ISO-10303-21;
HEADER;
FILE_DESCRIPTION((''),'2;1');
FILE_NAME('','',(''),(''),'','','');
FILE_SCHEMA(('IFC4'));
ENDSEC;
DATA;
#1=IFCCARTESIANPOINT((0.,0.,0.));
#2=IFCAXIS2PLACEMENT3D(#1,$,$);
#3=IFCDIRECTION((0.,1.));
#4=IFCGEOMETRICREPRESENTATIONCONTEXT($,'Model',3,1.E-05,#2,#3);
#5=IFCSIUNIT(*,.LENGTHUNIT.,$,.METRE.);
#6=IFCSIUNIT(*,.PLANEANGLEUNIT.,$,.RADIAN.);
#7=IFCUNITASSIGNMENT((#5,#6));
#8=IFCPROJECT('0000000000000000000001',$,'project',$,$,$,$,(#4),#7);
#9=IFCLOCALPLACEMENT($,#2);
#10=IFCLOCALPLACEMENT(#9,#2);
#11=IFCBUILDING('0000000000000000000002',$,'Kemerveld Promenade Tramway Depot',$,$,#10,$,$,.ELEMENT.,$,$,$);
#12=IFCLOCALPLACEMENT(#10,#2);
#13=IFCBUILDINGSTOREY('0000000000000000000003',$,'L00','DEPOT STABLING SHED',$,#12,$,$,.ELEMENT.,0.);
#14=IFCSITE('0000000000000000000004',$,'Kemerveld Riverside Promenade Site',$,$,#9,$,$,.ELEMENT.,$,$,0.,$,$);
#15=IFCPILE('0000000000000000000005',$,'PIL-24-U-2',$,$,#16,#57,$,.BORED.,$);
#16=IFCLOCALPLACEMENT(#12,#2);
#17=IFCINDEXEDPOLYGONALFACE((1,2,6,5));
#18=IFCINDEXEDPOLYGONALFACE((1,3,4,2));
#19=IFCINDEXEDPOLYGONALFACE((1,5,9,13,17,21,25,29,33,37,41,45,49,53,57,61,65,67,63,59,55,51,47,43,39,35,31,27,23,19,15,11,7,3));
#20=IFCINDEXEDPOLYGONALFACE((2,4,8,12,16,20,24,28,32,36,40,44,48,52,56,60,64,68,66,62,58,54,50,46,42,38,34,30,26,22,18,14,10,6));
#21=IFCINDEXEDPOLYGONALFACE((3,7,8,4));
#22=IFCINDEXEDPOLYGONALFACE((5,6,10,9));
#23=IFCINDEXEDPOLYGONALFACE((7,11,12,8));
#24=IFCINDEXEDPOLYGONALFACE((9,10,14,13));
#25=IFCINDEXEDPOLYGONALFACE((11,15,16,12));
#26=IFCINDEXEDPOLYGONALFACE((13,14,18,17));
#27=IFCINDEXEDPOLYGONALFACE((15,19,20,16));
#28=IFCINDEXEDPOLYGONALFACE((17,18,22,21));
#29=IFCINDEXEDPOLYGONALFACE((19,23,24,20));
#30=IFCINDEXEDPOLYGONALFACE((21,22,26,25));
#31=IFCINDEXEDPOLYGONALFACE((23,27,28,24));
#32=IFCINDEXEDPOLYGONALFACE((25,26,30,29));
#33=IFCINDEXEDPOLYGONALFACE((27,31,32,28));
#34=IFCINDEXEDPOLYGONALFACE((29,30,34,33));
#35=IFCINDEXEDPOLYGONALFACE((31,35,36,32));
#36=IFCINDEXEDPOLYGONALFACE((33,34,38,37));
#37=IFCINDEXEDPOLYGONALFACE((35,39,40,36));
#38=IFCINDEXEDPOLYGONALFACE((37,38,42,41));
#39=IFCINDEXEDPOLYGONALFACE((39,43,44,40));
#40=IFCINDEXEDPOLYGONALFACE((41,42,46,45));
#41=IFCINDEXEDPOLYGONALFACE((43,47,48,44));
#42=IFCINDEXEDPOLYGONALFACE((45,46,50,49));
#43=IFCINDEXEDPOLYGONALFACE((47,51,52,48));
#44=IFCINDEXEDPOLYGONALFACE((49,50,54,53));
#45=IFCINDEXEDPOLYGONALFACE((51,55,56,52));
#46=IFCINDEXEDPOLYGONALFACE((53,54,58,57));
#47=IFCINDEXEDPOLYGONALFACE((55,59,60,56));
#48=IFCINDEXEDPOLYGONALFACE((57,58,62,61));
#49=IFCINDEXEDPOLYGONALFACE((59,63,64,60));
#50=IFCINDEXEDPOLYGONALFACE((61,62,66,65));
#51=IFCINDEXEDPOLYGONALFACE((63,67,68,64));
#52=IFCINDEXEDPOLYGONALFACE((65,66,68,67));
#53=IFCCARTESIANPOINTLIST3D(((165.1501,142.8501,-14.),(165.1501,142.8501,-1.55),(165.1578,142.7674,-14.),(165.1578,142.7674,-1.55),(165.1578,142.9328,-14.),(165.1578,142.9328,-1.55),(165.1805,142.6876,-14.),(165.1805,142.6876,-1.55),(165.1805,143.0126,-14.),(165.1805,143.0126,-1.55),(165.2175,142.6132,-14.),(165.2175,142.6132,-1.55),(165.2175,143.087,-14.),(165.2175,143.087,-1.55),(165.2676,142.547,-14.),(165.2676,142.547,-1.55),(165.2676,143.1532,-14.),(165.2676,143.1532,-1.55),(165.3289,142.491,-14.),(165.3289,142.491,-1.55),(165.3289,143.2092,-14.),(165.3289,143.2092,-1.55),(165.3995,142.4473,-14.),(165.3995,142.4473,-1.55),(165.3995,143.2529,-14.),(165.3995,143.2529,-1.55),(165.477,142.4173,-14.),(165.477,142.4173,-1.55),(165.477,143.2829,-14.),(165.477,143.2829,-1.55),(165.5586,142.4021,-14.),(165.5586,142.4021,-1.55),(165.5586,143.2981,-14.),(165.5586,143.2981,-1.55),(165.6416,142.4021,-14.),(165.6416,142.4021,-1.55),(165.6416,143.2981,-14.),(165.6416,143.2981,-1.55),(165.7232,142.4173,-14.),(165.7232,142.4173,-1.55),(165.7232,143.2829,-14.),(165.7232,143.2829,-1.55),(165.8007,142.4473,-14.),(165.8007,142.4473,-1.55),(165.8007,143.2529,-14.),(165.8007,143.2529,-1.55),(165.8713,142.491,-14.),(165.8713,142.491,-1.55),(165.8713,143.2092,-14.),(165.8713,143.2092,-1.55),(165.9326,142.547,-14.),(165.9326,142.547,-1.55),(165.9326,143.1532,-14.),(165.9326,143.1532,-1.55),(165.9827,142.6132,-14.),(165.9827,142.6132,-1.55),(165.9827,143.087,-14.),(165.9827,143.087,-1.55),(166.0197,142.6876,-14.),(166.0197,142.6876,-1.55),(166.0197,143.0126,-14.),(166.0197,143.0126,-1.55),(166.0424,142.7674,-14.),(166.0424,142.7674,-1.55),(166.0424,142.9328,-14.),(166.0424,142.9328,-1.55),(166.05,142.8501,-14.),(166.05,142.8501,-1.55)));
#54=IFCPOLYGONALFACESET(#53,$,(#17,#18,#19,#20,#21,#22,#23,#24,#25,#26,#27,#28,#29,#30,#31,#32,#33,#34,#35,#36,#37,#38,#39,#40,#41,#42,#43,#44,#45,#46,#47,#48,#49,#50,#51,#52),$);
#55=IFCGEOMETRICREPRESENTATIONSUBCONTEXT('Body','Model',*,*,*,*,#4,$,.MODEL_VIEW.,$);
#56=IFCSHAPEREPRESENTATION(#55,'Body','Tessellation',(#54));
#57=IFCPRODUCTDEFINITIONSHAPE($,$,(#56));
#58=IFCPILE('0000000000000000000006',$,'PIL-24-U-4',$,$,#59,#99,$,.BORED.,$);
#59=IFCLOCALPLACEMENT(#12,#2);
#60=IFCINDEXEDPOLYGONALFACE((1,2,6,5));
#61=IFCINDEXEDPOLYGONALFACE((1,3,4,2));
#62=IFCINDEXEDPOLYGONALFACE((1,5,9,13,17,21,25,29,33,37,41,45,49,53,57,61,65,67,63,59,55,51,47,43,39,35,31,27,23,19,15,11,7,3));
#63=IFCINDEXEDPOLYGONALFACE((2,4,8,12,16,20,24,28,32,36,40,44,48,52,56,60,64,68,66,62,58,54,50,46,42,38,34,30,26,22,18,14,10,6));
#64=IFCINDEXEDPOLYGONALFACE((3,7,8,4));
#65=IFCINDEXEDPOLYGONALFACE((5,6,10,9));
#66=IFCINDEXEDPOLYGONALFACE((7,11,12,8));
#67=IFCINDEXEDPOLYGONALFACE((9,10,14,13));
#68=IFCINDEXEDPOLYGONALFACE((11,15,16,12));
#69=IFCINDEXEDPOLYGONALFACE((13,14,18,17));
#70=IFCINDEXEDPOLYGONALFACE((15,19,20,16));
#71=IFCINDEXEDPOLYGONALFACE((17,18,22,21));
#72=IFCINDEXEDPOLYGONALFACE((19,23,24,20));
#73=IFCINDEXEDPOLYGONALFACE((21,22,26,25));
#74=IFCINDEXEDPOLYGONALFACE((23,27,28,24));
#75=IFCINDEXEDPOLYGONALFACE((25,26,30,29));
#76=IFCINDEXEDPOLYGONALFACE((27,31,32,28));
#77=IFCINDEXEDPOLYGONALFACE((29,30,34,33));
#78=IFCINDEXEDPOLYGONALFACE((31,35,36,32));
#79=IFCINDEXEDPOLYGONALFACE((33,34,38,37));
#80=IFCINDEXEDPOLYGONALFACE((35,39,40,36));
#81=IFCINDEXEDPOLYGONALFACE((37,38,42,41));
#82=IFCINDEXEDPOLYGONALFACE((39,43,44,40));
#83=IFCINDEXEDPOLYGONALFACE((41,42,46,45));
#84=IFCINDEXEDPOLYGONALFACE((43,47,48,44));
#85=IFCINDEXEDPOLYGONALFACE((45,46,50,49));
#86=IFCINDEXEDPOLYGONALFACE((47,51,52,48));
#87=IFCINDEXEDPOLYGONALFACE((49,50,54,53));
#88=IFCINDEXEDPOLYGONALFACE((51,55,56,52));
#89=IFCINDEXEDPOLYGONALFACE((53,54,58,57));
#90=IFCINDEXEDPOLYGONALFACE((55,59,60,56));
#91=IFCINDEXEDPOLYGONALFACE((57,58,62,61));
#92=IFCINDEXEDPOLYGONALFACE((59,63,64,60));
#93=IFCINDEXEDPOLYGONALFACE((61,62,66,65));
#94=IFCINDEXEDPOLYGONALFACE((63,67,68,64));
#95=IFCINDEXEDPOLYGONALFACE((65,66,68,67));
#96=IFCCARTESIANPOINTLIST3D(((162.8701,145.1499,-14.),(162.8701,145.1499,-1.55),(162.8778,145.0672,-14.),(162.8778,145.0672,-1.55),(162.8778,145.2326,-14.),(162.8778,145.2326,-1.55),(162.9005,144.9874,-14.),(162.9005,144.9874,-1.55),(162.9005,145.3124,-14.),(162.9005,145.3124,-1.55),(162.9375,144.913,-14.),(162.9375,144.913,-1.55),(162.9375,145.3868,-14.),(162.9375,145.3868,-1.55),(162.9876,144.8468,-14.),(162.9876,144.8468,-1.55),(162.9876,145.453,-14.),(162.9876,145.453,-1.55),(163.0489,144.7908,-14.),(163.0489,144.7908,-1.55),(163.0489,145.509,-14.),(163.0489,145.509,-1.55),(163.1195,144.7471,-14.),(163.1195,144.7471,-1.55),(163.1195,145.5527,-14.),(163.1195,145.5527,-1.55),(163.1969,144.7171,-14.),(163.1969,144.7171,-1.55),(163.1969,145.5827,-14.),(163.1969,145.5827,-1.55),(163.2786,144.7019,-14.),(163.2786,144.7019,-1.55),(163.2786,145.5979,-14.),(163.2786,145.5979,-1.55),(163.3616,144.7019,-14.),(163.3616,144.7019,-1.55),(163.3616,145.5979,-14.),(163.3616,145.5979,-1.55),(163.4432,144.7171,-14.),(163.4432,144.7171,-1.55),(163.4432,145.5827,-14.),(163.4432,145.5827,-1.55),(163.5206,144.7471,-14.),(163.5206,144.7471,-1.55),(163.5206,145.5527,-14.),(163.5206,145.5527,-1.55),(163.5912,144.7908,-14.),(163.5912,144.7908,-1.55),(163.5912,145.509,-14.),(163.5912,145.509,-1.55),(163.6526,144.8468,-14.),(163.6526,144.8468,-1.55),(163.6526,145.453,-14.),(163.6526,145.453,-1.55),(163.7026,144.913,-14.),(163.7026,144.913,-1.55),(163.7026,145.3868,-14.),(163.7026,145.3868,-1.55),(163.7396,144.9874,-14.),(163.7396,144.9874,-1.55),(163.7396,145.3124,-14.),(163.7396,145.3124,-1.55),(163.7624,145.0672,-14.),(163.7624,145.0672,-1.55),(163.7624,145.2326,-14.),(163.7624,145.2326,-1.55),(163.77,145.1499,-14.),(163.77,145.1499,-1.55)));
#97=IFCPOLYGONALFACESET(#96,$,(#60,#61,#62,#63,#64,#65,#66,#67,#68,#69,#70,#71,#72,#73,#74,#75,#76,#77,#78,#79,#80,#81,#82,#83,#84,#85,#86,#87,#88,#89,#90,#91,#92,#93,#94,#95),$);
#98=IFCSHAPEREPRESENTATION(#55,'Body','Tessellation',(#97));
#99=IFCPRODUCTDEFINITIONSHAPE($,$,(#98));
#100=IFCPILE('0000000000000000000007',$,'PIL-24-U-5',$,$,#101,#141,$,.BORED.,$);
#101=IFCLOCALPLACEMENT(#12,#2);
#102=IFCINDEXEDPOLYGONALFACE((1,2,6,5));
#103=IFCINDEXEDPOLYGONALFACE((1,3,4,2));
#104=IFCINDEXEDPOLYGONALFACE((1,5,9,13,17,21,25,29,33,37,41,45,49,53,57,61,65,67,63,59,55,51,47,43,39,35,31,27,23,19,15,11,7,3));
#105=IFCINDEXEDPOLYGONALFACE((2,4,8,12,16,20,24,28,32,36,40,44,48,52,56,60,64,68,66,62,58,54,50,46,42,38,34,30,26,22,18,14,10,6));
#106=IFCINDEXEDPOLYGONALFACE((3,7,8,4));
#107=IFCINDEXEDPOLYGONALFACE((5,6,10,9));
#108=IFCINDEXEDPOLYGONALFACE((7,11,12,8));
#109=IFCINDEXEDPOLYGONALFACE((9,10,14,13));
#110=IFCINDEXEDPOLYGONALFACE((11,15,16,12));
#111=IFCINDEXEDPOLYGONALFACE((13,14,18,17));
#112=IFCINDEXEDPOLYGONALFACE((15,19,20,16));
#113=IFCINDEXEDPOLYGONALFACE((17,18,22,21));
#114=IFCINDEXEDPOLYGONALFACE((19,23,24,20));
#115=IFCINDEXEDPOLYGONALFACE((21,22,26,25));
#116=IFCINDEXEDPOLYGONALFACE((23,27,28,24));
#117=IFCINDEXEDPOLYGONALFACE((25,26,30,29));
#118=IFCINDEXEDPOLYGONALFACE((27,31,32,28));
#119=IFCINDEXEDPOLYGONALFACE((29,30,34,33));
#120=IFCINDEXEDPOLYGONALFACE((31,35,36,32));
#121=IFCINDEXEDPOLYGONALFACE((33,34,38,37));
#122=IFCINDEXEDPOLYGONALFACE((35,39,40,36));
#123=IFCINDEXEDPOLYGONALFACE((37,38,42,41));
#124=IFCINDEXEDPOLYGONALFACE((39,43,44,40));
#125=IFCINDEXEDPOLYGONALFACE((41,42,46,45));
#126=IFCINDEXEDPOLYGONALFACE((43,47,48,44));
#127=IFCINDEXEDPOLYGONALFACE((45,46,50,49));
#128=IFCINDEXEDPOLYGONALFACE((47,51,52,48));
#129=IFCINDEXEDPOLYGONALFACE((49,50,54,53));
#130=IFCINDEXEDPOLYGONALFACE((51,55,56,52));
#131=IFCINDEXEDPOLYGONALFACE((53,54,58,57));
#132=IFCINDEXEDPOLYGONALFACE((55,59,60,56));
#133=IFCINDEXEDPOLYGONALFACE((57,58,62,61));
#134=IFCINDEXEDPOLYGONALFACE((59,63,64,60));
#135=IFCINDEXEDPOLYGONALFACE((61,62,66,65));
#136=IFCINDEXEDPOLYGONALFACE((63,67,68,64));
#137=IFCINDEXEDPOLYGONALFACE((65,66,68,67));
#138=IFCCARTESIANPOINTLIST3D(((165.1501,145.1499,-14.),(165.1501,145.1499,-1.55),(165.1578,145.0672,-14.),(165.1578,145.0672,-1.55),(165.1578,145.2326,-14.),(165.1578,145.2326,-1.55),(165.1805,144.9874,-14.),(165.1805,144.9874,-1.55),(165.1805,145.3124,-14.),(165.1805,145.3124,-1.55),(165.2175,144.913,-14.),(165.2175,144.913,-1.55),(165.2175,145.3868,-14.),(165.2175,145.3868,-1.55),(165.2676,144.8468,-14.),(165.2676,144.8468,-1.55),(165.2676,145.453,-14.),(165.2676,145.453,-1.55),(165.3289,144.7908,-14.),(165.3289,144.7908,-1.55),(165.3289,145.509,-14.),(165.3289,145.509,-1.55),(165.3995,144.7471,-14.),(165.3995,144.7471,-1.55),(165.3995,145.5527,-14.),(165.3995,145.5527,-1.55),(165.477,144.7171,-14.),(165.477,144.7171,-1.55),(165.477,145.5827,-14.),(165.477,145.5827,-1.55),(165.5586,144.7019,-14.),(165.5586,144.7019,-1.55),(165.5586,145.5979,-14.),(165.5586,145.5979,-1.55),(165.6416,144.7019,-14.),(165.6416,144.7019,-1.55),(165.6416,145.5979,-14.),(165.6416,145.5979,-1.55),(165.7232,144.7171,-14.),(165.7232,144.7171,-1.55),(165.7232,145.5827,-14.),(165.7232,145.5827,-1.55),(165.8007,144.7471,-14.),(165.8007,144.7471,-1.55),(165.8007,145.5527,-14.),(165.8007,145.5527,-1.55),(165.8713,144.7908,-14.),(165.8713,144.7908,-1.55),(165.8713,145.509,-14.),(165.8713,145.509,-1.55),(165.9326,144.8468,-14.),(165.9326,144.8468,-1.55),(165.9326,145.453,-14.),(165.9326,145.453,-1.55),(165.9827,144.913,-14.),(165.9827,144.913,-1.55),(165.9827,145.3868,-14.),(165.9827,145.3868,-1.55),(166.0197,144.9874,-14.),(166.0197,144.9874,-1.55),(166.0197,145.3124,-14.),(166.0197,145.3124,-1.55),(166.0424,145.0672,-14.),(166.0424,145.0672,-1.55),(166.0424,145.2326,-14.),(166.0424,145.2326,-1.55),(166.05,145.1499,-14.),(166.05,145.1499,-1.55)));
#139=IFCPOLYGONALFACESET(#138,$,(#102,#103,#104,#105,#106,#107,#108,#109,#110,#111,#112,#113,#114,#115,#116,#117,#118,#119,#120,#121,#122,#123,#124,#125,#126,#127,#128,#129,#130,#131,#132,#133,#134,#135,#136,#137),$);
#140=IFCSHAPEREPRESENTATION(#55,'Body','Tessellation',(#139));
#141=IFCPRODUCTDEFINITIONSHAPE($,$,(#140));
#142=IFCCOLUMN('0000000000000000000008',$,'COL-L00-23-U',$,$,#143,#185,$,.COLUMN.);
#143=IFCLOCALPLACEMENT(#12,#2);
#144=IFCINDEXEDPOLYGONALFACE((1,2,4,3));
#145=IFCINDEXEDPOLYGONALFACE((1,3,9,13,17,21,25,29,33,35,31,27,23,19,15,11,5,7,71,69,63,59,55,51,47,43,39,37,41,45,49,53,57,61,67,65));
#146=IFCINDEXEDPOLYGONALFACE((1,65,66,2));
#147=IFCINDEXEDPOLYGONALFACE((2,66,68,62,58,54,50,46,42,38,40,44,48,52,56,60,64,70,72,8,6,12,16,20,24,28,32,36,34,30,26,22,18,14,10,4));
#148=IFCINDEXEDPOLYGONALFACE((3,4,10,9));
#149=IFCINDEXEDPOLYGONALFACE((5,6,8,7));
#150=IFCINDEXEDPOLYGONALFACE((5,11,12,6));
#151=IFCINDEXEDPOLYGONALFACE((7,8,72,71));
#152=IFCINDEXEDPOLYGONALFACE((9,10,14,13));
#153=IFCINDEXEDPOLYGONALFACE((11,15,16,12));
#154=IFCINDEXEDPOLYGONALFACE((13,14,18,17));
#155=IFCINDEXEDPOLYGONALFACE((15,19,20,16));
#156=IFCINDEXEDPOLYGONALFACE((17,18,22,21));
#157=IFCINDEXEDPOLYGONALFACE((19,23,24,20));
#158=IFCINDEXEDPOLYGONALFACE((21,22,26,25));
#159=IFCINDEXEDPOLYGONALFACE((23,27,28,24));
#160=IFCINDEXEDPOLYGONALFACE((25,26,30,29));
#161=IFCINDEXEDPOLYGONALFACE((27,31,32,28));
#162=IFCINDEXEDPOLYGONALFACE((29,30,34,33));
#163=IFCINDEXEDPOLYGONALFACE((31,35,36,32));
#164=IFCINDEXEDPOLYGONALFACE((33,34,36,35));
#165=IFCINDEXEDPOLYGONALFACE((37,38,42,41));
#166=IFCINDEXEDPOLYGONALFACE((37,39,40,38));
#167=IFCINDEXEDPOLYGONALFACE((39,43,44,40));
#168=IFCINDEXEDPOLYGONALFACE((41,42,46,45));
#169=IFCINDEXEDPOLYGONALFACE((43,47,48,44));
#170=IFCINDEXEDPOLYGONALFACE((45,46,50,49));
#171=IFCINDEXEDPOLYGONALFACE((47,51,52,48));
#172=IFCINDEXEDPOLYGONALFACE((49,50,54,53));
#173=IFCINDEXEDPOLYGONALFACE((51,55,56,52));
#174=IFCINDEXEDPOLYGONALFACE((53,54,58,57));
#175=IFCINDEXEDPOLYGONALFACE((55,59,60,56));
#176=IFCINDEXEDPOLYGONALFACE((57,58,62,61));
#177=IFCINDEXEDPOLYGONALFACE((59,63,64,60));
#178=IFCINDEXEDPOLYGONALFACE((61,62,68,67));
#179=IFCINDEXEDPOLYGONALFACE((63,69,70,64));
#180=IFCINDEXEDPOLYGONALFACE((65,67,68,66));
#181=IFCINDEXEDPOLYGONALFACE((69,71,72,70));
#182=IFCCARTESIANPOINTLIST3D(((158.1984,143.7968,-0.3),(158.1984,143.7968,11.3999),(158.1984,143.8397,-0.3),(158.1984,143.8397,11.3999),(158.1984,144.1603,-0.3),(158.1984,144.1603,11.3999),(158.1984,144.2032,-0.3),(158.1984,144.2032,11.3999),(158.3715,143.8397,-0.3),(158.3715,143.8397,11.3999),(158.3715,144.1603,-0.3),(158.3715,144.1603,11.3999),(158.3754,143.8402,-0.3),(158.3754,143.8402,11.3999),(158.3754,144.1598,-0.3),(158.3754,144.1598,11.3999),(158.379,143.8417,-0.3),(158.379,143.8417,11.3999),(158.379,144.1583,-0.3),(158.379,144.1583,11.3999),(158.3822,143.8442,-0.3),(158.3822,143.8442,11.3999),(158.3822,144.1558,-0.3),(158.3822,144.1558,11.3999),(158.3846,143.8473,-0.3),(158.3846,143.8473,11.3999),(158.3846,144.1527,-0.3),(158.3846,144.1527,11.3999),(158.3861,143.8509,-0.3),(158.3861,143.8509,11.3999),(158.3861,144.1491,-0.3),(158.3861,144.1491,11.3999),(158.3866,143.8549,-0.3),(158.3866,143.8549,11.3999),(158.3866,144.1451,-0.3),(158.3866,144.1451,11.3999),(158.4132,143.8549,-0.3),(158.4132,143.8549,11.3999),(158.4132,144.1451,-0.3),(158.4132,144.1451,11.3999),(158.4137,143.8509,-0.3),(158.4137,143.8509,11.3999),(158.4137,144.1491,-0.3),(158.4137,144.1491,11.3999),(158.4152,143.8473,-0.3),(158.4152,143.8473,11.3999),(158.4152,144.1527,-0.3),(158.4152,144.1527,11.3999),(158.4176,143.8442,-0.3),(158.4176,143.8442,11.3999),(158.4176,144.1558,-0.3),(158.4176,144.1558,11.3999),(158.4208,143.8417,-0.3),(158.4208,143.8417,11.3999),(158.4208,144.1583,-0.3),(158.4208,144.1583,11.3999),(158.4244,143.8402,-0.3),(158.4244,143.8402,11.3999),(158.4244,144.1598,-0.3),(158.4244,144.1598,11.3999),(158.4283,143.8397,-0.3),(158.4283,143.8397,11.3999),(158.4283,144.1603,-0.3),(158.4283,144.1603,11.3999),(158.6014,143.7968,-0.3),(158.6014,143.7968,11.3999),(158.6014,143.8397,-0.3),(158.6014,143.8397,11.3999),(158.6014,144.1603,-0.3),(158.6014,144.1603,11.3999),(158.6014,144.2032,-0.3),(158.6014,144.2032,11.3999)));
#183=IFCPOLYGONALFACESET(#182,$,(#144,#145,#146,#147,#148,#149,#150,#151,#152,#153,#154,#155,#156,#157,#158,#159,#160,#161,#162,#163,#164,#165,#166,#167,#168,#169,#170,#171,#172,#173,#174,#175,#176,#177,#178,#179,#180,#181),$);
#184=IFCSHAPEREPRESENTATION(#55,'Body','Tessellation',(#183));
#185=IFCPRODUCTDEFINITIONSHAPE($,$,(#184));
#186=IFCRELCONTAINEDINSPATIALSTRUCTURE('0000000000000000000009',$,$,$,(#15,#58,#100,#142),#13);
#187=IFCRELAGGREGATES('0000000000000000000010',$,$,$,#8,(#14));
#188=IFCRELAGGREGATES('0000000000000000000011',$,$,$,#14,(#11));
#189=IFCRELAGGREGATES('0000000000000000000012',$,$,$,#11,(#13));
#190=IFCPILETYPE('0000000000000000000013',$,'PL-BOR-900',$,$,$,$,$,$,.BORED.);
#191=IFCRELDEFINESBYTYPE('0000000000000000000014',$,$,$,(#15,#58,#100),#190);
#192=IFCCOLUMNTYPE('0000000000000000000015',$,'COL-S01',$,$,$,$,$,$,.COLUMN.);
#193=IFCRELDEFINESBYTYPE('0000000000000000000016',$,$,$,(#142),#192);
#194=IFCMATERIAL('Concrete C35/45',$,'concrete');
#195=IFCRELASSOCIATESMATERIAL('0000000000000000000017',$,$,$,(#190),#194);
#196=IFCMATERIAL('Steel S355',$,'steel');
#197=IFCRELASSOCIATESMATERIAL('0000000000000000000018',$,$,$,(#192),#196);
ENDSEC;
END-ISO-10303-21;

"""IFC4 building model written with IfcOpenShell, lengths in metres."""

from ifc_helpers import new_model, si_unit, direction, frame, origin, origin_2d, place, context, subcontext, project, spatial, circle, i_section, extrude, material, material_profile, profile_set, type_object, element, save


model = new_model("IFC4")

# Units and contexts
model_context = context("Model", 3, precision=1e-05, world=origin(), true_north=direction((0.0, 1.0)))
body_context = subcontext(model_context, "Body", "Model", "MODEL_VIEW")
ifc_project = project(units=[si_unit("LENGTHUNIT", "METRE"), si_unit("PLANEANGLEUNIT", "RADIAN")], contexts=[model_context])

# Site, building, storey
site_placement = place(None, origin())
site = spatial("IfcSite", under=ifc_project, at=site_placement, Name="Kemerveld Riverside Promenade Site", CompositionType="ELEMENT", RefElevation=0.0)
building_placement = place(site_placement, origin())
building = spatial("IfcBuilding", under=site, at=building_placement, Name="Kemerveld Promenade Tramway Depot", CompositionType="ELEMENT")
storey_placement = place(building_placement, origin())
storey = spatial("IfcBuildingStorey", under=building, at=storey_placement, Name="L00", Description="DEPOT STABLING SHED", CompositionType="ELEMENT", Elevation=0.0)

# Shared definitions
ifc_material_1 = material(Name="Concrete C35/45", Category="concrete")

# Piles
ifc_material_profile_1 = material_profile(ifc_material_1, circle(Radius=0.45, at=origin_2d()), Name="PILE-D900")
ifc_profile_set_1 = profile_set([ifc_material_profile_1], Name="Concrete C35/45")
pile_type = type_object("IfcPileType", Name="PL-BOR-900", PredefinedType="BORED", material=ifc_profile_set_1)
for number, where, z_axis, x_axis, name in (
    (1, (165.6001, 142.8501, -1.55), (0.0, 0.0, -1.0), (1.0, 0.0, 0.0), "PIL-24-U-2"),
    (2, (163.3201, 145.1499, -1.55), (0.0, 0.0, -1.0), (1.0, 0.0, 0.0), "PIL-24-U-4"),
    (3, (165.6001, 145.1499, -1.55), (0.0, 0.0, -1.0), (1.0, 0.0, 0.0), "PIL-24-U-5"),
):
    element("IfcPile", number, at=place(storey_placement, frame(where, z_axis=z_axis, x_axis=x_axis)), inside=storey, type_object=pile_type, Name=name, PredefinedType="BORED", context=body_context, shape_type="SweptSolid", body=[
        extrude(circle(Radius=0.45, at=origin_2d()), origin(), (0.0, 0.0, 1.0), 12.45),
    ])

# Column
ifc_material_2 = material(Name="Steel S355", Category="steel")
ifc_material_profile_2 = material_profile(ifc_material_2, i_section(OverallWidth=0.4031, OverallDepth=0.4065, WebThickness=0.0266, FlangeThickness=0.043, FilletRadius=0.0151, at=origin_2d()), Name="356x406x340 UC")
ifc_profile_set_2 = profile_set([ifc_material_profile_2], Name="Steel S355")
column_type = type_object("IfcColumnType", Name="COL-S01", PredefinedType="COLUMN", material=ifc_profile_set_2)
for number, where, z_axis, x_axis, name in (
    (4, (158.3999, 144.0, -0.3), (0.0, 0.0, 1.0), (1.0, 0.0, 0.0), "COL-L00-23-U"),
):
    element("IfcColumn", number, at=place(storey_placement, frame(where, z_axis=z_axis, x_axis=x_axis)), inside=storey, type_object=column_type, Name=name, PredefinedType="COLUMN", context=body_context, shape_type="SweptSolid", body=[
        extrude(i_section(OverallWidth=0.4031, OverallDepth=0.4065, WebThickness=0.0266, FlangeThickness=0.043, FilletRadius=0.0151, at=origin_2d()), origin(), (0.0, 0.0, 1.0), 11.7),
    ])

save(model, "model.ifc")
